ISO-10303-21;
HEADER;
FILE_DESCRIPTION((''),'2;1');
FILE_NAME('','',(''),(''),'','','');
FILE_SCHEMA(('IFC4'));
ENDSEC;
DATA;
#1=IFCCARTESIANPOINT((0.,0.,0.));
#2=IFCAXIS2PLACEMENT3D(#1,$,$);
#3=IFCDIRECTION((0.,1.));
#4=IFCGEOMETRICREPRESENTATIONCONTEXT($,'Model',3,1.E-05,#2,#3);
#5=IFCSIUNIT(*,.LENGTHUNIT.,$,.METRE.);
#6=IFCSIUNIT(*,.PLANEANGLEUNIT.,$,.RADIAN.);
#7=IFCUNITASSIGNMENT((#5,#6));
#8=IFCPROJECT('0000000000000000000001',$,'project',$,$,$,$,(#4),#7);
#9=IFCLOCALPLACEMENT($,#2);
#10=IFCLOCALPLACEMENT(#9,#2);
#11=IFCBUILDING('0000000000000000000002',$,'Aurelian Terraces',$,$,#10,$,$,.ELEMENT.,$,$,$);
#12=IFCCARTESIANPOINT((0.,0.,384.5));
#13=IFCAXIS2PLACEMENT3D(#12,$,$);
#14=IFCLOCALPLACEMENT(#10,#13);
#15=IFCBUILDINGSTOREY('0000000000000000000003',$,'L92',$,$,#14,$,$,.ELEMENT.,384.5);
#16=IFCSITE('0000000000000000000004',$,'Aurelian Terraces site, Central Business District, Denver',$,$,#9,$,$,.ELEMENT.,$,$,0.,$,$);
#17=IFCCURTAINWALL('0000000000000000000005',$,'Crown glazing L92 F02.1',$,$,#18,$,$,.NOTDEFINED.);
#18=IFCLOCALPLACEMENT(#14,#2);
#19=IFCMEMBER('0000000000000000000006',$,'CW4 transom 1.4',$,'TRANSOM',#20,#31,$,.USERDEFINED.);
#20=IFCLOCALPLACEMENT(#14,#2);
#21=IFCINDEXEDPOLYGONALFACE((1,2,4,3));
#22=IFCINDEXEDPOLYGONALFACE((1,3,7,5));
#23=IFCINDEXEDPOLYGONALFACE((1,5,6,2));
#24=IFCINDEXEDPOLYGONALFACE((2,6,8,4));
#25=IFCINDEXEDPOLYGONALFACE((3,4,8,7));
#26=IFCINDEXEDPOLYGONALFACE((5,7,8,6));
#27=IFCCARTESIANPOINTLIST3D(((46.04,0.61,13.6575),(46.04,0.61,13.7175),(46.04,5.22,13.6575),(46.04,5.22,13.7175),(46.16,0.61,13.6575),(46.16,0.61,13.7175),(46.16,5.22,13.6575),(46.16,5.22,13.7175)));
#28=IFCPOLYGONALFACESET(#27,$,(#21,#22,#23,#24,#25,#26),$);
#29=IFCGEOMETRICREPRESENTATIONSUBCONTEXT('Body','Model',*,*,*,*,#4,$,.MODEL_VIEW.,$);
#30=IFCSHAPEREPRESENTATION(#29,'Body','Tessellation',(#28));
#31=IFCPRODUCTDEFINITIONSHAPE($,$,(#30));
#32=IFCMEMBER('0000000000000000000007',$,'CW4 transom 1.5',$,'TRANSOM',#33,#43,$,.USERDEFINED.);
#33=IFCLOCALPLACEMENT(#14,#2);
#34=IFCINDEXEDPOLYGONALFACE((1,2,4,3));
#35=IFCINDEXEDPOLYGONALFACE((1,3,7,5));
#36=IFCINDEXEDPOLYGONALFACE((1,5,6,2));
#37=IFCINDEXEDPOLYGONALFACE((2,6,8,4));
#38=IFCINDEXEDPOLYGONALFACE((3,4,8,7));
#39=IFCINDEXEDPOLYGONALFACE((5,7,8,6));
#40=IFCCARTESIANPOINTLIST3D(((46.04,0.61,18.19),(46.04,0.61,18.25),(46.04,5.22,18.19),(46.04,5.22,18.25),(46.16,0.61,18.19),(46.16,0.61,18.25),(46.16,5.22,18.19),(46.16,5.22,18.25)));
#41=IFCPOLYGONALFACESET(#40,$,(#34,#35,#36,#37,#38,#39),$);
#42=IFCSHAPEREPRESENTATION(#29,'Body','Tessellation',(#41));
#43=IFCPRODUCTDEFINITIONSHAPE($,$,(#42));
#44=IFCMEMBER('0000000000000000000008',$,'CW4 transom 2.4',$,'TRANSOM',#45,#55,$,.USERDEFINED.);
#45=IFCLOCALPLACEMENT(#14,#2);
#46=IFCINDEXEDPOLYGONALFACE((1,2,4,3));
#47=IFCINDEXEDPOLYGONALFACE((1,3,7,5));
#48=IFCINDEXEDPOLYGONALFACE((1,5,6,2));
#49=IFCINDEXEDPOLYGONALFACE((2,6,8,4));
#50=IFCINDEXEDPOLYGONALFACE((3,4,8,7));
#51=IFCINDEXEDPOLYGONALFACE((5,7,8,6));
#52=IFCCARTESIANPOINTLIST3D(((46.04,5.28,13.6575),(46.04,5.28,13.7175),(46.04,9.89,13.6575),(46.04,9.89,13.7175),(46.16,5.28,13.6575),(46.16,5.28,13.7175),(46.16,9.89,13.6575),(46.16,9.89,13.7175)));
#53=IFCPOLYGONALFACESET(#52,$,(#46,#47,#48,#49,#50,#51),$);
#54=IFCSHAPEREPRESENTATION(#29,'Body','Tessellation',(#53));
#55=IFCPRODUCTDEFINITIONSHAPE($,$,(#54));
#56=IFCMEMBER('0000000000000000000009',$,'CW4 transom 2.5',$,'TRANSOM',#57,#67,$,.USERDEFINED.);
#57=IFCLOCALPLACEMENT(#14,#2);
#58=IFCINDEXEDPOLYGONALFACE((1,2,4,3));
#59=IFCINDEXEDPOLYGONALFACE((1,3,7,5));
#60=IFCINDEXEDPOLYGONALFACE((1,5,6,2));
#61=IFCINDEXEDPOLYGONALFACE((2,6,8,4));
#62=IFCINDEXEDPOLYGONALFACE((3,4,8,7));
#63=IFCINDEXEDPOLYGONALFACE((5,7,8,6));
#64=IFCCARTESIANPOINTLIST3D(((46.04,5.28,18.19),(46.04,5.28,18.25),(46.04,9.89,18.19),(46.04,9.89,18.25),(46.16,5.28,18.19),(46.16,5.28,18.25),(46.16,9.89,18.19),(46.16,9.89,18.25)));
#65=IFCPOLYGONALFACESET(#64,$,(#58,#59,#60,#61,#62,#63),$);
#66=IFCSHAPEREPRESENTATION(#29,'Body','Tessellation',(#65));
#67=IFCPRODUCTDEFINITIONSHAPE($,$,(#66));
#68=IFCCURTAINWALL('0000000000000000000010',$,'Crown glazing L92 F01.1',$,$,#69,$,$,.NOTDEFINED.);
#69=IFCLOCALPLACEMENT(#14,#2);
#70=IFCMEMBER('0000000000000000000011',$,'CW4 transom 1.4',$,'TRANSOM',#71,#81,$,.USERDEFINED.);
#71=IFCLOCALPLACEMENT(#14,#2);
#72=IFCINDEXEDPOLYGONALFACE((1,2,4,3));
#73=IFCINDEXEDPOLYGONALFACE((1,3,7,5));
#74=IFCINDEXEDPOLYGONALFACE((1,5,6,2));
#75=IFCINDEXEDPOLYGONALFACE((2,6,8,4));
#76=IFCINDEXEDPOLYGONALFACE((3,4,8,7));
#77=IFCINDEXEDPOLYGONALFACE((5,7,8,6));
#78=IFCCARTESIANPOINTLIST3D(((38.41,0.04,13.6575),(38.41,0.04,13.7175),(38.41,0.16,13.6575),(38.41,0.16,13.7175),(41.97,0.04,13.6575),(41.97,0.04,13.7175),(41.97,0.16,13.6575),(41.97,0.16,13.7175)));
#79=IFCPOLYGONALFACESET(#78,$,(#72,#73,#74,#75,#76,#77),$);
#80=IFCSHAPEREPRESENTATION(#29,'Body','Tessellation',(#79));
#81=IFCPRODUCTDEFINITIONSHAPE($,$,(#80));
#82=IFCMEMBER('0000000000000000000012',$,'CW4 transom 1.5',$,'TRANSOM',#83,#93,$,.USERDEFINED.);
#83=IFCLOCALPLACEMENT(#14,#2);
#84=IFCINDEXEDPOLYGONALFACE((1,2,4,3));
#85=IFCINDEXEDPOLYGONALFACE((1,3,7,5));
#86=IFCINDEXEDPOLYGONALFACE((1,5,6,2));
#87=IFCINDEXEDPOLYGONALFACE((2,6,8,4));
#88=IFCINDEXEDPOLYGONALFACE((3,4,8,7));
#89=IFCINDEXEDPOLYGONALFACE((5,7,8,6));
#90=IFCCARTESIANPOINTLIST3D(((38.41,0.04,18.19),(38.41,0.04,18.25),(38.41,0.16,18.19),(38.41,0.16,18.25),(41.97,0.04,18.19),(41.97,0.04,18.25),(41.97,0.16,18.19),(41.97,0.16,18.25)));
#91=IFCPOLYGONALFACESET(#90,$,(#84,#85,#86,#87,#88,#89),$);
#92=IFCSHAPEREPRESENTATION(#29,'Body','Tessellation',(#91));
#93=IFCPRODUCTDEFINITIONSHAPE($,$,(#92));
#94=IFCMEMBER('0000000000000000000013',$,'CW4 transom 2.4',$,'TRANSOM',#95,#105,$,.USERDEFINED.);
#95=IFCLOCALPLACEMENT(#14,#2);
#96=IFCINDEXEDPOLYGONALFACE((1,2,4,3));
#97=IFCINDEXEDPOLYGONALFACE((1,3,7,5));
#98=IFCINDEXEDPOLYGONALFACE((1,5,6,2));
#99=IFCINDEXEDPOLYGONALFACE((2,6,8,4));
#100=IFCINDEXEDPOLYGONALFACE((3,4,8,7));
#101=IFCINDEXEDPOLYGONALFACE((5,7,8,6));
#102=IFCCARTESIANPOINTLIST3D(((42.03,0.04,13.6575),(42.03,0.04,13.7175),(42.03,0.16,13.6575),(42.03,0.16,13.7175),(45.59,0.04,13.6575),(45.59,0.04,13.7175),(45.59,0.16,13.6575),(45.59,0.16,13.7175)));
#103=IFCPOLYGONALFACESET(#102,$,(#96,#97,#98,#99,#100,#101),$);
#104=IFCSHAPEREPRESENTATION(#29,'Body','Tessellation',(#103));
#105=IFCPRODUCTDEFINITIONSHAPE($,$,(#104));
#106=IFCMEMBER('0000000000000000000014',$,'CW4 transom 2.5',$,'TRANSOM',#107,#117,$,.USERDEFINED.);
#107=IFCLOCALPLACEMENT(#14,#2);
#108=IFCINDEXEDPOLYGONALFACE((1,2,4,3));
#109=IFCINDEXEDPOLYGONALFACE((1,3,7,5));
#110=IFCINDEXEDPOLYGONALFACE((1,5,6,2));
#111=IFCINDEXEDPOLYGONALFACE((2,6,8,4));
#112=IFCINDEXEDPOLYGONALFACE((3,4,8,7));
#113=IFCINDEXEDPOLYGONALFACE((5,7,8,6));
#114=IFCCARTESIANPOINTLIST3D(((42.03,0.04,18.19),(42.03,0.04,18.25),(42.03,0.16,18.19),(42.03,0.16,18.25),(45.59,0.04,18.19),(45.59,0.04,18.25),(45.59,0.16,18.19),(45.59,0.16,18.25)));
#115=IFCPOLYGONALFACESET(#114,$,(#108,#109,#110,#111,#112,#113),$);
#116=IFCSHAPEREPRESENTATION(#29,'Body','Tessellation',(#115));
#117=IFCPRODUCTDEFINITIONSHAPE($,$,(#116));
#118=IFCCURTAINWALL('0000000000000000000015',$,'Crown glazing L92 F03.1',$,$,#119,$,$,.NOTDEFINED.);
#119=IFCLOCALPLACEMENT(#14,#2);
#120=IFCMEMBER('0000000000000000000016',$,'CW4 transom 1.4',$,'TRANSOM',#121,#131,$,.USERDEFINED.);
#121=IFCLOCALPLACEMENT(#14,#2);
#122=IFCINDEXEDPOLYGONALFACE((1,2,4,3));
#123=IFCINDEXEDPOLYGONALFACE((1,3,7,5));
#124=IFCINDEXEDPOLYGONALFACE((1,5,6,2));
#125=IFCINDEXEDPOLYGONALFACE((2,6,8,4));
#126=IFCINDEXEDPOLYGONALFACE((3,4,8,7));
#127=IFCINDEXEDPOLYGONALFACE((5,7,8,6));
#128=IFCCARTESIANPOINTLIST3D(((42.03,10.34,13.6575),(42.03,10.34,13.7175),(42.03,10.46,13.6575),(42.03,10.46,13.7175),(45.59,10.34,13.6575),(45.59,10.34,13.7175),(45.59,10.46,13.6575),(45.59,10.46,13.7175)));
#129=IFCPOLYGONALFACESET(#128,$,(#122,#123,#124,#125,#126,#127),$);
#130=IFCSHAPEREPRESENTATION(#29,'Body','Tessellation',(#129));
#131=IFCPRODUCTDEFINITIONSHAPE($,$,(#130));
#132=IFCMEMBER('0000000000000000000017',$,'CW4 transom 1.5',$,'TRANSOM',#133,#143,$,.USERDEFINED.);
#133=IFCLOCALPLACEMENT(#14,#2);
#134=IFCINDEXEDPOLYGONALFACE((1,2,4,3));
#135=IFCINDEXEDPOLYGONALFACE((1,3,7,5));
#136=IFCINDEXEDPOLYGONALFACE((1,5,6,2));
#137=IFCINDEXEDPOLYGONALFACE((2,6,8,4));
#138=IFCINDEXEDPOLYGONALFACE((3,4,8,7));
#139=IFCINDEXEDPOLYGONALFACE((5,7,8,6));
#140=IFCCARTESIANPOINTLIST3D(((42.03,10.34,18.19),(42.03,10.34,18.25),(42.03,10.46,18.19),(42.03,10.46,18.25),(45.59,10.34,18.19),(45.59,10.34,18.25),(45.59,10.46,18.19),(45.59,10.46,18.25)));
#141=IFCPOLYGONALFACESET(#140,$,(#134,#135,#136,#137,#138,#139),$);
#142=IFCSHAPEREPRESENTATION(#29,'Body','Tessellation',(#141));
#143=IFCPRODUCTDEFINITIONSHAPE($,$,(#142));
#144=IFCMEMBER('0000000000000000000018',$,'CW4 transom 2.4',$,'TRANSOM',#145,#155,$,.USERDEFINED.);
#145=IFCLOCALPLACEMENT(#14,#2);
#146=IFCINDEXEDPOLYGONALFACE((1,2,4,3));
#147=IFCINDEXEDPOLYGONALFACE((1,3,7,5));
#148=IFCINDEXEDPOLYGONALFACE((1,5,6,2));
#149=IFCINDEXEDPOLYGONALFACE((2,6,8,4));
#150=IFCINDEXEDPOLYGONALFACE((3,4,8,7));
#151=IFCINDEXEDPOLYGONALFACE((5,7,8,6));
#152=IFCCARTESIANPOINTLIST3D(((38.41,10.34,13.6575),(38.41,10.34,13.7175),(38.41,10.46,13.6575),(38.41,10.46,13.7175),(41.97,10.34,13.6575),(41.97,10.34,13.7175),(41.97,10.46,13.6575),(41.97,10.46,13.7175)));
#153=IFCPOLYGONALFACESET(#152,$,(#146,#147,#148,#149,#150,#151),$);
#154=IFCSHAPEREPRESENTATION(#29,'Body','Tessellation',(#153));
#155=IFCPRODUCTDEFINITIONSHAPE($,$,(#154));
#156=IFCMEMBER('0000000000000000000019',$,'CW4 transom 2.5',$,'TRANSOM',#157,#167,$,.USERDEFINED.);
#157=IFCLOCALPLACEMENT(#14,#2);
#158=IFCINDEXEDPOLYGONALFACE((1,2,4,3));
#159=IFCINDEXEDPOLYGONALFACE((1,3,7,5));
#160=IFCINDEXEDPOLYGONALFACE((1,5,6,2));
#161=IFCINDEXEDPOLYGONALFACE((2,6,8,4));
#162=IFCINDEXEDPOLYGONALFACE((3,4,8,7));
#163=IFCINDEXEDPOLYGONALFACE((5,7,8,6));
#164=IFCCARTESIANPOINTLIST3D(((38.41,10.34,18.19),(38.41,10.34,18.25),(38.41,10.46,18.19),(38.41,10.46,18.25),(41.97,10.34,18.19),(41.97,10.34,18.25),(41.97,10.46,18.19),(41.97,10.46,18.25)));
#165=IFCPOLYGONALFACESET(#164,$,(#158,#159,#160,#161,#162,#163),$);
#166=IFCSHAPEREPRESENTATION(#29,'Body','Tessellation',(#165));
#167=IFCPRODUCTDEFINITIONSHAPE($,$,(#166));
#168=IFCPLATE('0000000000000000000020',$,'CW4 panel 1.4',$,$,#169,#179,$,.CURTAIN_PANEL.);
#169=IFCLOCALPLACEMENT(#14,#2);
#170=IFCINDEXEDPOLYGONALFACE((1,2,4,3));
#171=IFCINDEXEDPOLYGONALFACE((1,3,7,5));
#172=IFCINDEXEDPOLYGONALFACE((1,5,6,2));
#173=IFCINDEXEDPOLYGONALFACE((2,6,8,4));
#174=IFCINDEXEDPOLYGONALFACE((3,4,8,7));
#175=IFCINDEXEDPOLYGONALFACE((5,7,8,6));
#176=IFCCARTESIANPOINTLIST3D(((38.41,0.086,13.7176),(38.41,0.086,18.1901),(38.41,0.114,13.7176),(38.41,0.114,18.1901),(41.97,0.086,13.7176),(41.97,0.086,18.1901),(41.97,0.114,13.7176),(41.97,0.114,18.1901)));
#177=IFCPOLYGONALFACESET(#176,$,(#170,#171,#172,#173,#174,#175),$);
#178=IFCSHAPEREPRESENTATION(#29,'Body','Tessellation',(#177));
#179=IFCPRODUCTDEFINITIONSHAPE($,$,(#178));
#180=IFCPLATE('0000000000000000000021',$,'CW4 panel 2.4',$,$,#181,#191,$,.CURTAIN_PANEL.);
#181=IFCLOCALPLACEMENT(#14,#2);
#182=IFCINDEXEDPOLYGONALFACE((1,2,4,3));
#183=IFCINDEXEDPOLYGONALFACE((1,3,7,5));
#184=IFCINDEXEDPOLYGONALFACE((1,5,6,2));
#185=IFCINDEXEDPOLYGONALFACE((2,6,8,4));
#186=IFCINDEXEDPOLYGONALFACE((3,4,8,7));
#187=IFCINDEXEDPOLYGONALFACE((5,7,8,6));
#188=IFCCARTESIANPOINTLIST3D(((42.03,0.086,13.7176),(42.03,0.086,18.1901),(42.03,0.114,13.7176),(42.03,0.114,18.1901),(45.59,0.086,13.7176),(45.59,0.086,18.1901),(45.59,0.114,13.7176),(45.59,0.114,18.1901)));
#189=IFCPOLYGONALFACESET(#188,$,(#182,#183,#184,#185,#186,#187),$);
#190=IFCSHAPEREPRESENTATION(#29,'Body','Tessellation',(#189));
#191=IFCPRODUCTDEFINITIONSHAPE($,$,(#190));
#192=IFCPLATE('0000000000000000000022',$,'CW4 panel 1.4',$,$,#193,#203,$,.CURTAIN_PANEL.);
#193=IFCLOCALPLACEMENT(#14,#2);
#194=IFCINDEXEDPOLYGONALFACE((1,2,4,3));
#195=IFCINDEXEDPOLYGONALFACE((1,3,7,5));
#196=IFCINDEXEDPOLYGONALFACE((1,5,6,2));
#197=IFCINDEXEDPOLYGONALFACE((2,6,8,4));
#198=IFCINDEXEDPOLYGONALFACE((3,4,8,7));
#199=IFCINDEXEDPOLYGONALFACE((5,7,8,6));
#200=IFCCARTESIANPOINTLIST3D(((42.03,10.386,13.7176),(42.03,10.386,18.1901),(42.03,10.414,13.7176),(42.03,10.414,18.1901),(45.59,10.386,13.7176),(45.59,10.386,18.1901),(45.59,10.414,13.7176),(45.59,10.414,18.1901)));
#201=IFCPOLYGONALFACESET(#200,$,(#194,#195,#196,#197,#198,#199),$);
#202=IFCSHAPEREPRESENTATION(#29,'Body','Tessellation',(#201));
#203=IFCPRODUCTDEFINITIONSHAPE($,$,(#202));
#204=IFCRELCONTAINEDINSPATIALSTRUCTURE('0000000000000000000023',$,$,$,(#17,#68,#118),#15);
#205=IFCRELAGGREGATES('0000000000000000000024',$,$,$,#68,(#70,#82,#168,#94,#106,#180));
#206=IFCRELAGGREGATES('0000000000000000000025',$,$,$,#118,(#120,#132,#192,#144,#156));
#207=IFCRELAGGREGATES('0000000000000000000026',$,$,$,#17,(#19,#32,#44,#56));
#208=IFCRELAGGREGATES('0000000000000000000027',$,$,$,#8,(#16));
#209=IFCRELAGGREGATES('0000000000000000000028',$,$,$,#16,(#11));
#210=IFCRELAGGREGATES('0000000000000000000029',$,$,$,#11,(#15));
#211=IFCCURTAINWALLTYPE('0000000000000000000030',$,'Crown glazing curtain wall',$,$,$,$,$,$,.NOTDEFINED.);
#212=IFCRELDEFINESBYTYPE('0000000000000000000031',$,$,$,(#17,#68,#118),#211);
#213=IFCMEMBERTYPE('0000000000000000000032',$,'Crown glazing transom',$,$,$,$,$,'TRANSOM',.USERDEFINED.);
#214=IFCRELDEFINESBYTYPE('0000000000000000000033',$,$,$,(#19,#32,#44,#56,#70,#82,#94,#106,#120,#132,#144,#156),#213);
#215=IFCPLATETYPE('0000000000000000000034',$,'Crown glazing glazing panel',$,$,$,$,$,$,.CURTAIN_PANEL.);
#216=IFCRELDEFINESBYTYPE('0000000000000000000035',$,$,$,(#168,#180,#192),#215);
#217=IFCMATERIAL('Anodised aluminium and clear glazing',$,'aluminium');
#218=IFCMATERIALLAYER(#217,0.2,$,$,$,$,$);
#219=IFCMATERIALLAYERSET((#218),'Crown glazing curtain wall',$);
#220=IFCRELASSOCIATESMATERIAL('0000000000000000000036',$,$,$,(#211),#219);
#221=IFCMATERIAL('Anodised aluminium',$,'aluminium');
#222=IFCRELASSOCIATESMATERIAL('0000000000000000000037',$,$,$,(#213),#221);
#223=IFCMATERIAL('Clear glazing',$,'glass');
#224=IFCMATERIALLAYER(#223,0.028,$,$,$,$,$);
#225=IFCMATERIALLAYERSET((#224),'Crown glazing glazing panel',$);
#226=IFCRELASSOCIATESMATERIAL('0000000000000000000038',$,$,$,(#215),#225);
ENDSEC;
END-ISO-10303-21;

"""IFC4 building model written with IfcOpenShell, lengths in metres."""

from ifc_helpers import new_model, si_unit, direction, frame, origin, origin_2d, place, context, subcontext, project, spatial, rectangle, extrude, source, transform, mapped, material, layer, layer_set, material_profile, profile_set, type_object, element, aggregate, save


model = new_model("IFC4")

# Units and contexts
model_context = context("Model", 3, precision=1e-05, world=origin(), true_north=direction((0.0, 1.0)))
body_context = subcontext(model_context, "Body", "Model", "MODEL_VIEW")
ifc_project = project(units=[si_unit("LENGTHUNIT", "METRE"), si_unit("PLANEANGLEUNIT", "RADIAN")], contexts=[model_context])

# Site, building, storey
site_placement = place(None, origin())
site = spatial("IfcSite", under=ifc_project, at=site_placement, Name="Aurelian Terraces site, Central Business District, Denver", CompositionType="ELEMENT", RefElevation=0.0)
building_placement = place(site_placement, origin())
building = spatial("IfcBuilding", under=site, at=building_placement, Name="Aurelian Terraces", CompositionType="ELEMENT")
storey_placement = place(building_placement, frame((0.0, 0.0, 384.5)))
storey = spatial("IfcBuildingStorey", under=building, at=storey_placement, Name="L92", CompositionType="ELEMENT", Elevation=384.5)

# Curtain walls, members
ifc_material_1 = material(Name="Anodised aluminium and clear glazing", Category="aluminium")
ifc_layer_1 = layer(ifc_material_1, 0.2)
ifc_layer_set_1 = layer_set([ifc_layer_1], Name="Crown glazing curtain wall")
curtain_wall_type = type_object("IfcCurtainWallType", Name="Crown glazing curtain wall", PredefinedType="NOTDEFINED", material=ifc_layer_set_1)
curtain_wall_1_placement = place(storey_placement, origin())
curtain_wall_1 = element("IfcCurtainWall", 1, at=curtain_wall_1_placement, inside=storey, type_object=curtain_wall_type, Name="Crown glazing L92 F02.1", PredefinedType="NOTDEFINED")
ifc_material_2 = material(Name="Anodised aluminium", Category="aluminium")
ifc_material_profile = material_profile(ifc_material_2, rectangle(XDim=0.12, YDim=0.06, at=origin_2d()))
ifc_profile_set = profile_set([ifc_material_profile], Name="Anodised aluminium")
member_type = type_object("IfcMemberType", Name="Crown glazing transom", ElementType="TRANSOM", PredefinedType="USERDEFINED", material=ifc_profile_set)
shared_shape_1 = source(origin(), body_context, "Body", "SweptSolid", [
    extrude(rectangle(XDim=0.12, YDim=0.06, at=origin_2d()), origin(), (0.0, 0.0, 1.0), 4.61),
])
member_1_placement = place(storey_placement, frame((46.1, 0.61, 13.6875), z_axis=(0.0, 1.0, 0.0), x_axis=(-1.0, 0.0, 0.0)))
member_1 = element("IfcMember", 2, at=member_1_placement, type_object=member_type, Name="CW4 transom 1.4", ObjectType="TRANSOM", PredefinedType="USERDEFINED", context=body_context, shape_type="MappedRepresentation", body=[
    mapped(shared_shape_1, transform((0.0, 0.0, 0.0), scale=1.0)),
])
member_2_placement = place(storey_placement, frame((46.1, 0.61, 18.22), z_axis=(0.0, 1.0, 0.0), x_axis=(-1.0, 0.0, 0.0)))
member_2 = element("IfcMember", 3, at=member_2_placement, type_object=member_type, Name="CW4 transom 1.5", ObjectType="TRANSOM", PredefinedType="USERDEFINED", context=body_context, shape_type="MappedRepresentation", body=[
    mapped(shared_shape_1, transform((0.0, 0.0, 0.0), scale=1.0)),
])
member_3_placement = place(storey_placement, frame((46.1, 5.28, 13.6875), z_axis=(0.0, 1.0, 0.0), x_axis=(-1.0, 0.0, 0.0)))
member_3 = element("IfcMember", 4, at=member_3_placement, type_object=member_type, Name="CW4 transom 2.4", ObjectType="TRANSOM", PredefinedType="USERDEFINED", context=body_context, shape_type="MappedRepresentation", body=[
    mapped(shared_shape_1, transform((0.0, 0.0, 0.0), scale=1.0)),
])
member_4_placement = place(storey_placement, frame((46.1, 5.28, 18.22), z_axis=(0.0, 1.0, 0.0), x_axis=(-1.0, 0.0, 0.0)))
member_4 = element("IfcMember", 5, at=member_4_placement, type_object=member_type, Name="CW4 transom 2.5", ObjectType="TRANSOM", PredefinedType="USERDEFINED", context=body_context, shape_type="MappedRepresentation", body=[
    mapped(shared_shape_1, transform((0.0, 0.0, 0.0), scale=1.0)),
])
curtain_wall_2_placement = place(storey_placement, origin())
curtain_wall_2 = element("IfcCurtainWall", 6, at=curtain_wall_2_placement, inside=storey, type_object=curtain_wall_type, Name="Crown glazing L92 F01.1", PredefinedType="NOTDEFINED")
shared_shape_2 = source(origin(), body_context, "Body", "SweptSolid", [
    extrude(rectangle(XDim=0.12, YDim=0.06, at=origin_2d()), origin(), (0.0, 0.0, 1.0), 3.56),
])
member_5_placement = place(storey_placement, frame((38.41, 0.1, 13.6875), z_axis=(1.0, 0.0, 0.0), x_axis=(0.0, 1.0, 0.0)))
member_5 = element("IfcMember", 7, at=member_5_placement, type_object=member_type, Name="CW4 transom 1.4", ObjectType="TRANSOM", PredefinedType="USERDEFINED", context=body_context, shape_type="MappedRepresentation", body=[
    mapped(shared_shape_2, transform((0.0, 0.0, 0.0), scale=1.0)),
])
member_6_placement = place(storey_placement, frame((38.41, 0.1, 18.22), z_axis=(1.0, 0.0, 0.0), x_axis=(0.0, 1.0, 0.0)))
member_6 = element("IfcMember", 8, at=member_6_placement, type_object=member_type, Name="CW4 transom 1.5", ObjectType="TRANSOM", PredefinedType="USERDEFINED", context=body_context, shape_type="MappedRepresentation", body=[
    mapped(shared_shape_2, transform((0.0, 0.0, 0.0), scale=1.0)),
])
member_7_placement = place(storey_placement, frame((42.03, 0.1, 13.6875), z_axis=(1.0, 0.0, 0.0), x_axis=(0.0, 1.0, 0.0)))
member_7 = element("IfcMember", 9, at=member_7_placement, type_object=member_type, Name="CW4 transom 2.4", ObjectType="TRANSOM", PredefinedType="USERDEFINED", context=body_context, shape_type="MappedRepresentation", body=[
    mapped(shared_shape_2, transform((0.0, 0.0, 0.0), scale=1.0)),
])
member_8_placement = place(storey_placement, frame((42.03, 0.1, 18.22), z_axis=(1.0, 0.0, 0.0), x_axis=(0.0, 1.0, 0.0)))
member_8 = element("IfcMember", 10, at=member_8_placement, type_object=member_type, Name="CW4 transom 2.5", ObjectType="TRANSOM", PredefinedType="USERDEFINED", context=body_context, shape_type="MappedRepresentation", body=[
    mapped(shared_shape_2, transform((0.0, 0.0, 0.0), scale=1.0)),
])
curtain_wall_3_placement = place(storey_placement, origin())
curtain_wall_3 = element("IfcCurtainWall", 11, at=curtain_wall_3_placement, inside=storey, type_object=curtain_wall_type, Name="Crown glazing L92 F03.1", PredefinedType="NOTDEFINED")
member_9_placement = place(storey_placement, frame((45.59, 10.4, 13.6875), z_axis=(-1.0, 0.0, 0.0), x_axis=(0.0, -1.0, 0.0)))
member_9 = element("IfcMember", 12, at=member_9_placement, type_object=member_type, Name="CW4 transom 1.4", ObjectType="TRANSOM", PredefinedType="USERDEFINED", context=body_context, shape_type="MappedRepresentation", body=[
    mapped(shared_shape_2, transform((0.0, 0.0, 0.0), scale=1.0)),
])
member_10_placement = place(storey_placement, frame((45.59, 10.4, 18.22), z_axis=(-1.0, 0.0, 0.0), x_axis=(0.0, -1.0, 0.0)))
member_10 = element("IfcMember", 13, at=member_10_placement, type_object=member_type, Name="CW4 transom 1.5", ObjectType="TRANSOM", PredefinedType="USERDEFINED", context=body_context, shape_type="MappedRepresentation", body=[
    mapped(shared_shape_2, transform((0.0, 0.0, 0.0), scale=1.0)),
])
member_11_placement = place(storey_placement, frame((41.97, 10.4, 13.6875), z_axis=(-1.0, 0.0, 0.0), x_axis=(0.0, -1.0, 0.0)))
member_11 = element("IfcMember", 14, at=member_11_placement, type_object=member_type, Name="CW4 transom 2.4", ObjectType="TRANSOM", PredefinedType="USERDEFINED", context=body_context, shape_type="MappedRepresentation", body=[
    mapped(shared_shape_2, transform((0.0, 0.0, 0.0), scale=1.0)),
])
member_12_placement = place(storey_placement, frame((41.97, 10.4, 18.22), z_axis=(-1.0, 0.0, 0.0), x_axis=(0.0, -1.0, 0.0)))
member_12 = element("IfcMember", 15, at=member_12_placement, type_object=member_type, Name="CW4 transom 2.5", ObjectType="TRANSOM", PredefinedType="USERDEFINED", context=body_context, shape_type="MappedRepresentation", body=[
    mapped(shared_shape_2, transform((0.0, 0.0, 0.0), scale=1.0)),
])

# Plates
ifc_material_3 = material(Name="Clear glazing", Category="glass")
ifc_layer_2 = layer(ifc_material_3, 0.028)
ifc_layer_set_2 = layer_set([ifc_layer_2], Name="Crown glazing glazing panel")
plate_type = type_object("IfcPlateType", Name="Crown glazing glazing panel", PredefinedType="CURTAIN_PANEL", material=ifc_layer_set_2)
shared_shape_3 = source(origin(), body_context, "Body", "SweptSolid", [
    extrude(rectangle(XDim=3.56, YDim=0.028, at=origin_2d()), origin(), (0.0, 0.0, 1.0), 4.4725),
])
plate_1_placement = place(storey_placement, frame((40.19, 0.1, 13.7176), z_axis=(0.0, 0.0, 1.0), x_axis=(1.0, 0.0, 0.0)))
plate_1 = element("IfcPlate", 16, at=plate_1_placement, type_object=plate_type, Name="CW4 panel 1.4", PredefinedType="CURTAIN_PANEL", context=body_context, shape_type="MappedRepresentation", body=[
    mapped(shared_shape_3, transform((0.0, 0.0, 0.0), scale=1.0)),
])
plate_2_placement = place(storey_placement, frame((43.81, 0.1, 13.7176), z_axis=(0.0, 0.0, 1.0), x_axis=(1.0, 0.0, 0.0)))
plate_2 = element("IfcPlate", 17, at=plate_2_placement, type_object=plate_type, Name="CW4 panel 2.4", PredefinedType="CURTAIN_PANEL", context=body_context, shape_type="MappedRepresentation", body=[
    mapped(shared_shape_3, transform((0.0, 0.0, 0.0), scale=1.0)),
])
aggregate(curtain_wall_2, [member_5, member_6, plate_1, member_7, member_8, plate_2])
plate_3_placement = place(storey_placement, frame((43.81, 10.4, 13.7176), z_axis=(0.0, 0.0, 1.0), x_axis=(-1.0, 0.0, 0.0)))
plate_3 = element("IfcPlate", 18, at=plate_3_placement, type_object=plate_type, Name="CW4 panel 1.4", PredefinedType="CURTAIN_PANEL", context=body_context, shape_type="MappedRepresentation", body=[
    mapped(shared_shape_3, transform((0.0, 0.0, 0.0), scale=1.0)),
])
aggregate(curtain_wall_3, [member_9, member_10, plate_3, member_11, member_12])
aggregate(curtain_wall_1, [member_1, member_2, member_3, member_4])

save(model, "model.ifc")
